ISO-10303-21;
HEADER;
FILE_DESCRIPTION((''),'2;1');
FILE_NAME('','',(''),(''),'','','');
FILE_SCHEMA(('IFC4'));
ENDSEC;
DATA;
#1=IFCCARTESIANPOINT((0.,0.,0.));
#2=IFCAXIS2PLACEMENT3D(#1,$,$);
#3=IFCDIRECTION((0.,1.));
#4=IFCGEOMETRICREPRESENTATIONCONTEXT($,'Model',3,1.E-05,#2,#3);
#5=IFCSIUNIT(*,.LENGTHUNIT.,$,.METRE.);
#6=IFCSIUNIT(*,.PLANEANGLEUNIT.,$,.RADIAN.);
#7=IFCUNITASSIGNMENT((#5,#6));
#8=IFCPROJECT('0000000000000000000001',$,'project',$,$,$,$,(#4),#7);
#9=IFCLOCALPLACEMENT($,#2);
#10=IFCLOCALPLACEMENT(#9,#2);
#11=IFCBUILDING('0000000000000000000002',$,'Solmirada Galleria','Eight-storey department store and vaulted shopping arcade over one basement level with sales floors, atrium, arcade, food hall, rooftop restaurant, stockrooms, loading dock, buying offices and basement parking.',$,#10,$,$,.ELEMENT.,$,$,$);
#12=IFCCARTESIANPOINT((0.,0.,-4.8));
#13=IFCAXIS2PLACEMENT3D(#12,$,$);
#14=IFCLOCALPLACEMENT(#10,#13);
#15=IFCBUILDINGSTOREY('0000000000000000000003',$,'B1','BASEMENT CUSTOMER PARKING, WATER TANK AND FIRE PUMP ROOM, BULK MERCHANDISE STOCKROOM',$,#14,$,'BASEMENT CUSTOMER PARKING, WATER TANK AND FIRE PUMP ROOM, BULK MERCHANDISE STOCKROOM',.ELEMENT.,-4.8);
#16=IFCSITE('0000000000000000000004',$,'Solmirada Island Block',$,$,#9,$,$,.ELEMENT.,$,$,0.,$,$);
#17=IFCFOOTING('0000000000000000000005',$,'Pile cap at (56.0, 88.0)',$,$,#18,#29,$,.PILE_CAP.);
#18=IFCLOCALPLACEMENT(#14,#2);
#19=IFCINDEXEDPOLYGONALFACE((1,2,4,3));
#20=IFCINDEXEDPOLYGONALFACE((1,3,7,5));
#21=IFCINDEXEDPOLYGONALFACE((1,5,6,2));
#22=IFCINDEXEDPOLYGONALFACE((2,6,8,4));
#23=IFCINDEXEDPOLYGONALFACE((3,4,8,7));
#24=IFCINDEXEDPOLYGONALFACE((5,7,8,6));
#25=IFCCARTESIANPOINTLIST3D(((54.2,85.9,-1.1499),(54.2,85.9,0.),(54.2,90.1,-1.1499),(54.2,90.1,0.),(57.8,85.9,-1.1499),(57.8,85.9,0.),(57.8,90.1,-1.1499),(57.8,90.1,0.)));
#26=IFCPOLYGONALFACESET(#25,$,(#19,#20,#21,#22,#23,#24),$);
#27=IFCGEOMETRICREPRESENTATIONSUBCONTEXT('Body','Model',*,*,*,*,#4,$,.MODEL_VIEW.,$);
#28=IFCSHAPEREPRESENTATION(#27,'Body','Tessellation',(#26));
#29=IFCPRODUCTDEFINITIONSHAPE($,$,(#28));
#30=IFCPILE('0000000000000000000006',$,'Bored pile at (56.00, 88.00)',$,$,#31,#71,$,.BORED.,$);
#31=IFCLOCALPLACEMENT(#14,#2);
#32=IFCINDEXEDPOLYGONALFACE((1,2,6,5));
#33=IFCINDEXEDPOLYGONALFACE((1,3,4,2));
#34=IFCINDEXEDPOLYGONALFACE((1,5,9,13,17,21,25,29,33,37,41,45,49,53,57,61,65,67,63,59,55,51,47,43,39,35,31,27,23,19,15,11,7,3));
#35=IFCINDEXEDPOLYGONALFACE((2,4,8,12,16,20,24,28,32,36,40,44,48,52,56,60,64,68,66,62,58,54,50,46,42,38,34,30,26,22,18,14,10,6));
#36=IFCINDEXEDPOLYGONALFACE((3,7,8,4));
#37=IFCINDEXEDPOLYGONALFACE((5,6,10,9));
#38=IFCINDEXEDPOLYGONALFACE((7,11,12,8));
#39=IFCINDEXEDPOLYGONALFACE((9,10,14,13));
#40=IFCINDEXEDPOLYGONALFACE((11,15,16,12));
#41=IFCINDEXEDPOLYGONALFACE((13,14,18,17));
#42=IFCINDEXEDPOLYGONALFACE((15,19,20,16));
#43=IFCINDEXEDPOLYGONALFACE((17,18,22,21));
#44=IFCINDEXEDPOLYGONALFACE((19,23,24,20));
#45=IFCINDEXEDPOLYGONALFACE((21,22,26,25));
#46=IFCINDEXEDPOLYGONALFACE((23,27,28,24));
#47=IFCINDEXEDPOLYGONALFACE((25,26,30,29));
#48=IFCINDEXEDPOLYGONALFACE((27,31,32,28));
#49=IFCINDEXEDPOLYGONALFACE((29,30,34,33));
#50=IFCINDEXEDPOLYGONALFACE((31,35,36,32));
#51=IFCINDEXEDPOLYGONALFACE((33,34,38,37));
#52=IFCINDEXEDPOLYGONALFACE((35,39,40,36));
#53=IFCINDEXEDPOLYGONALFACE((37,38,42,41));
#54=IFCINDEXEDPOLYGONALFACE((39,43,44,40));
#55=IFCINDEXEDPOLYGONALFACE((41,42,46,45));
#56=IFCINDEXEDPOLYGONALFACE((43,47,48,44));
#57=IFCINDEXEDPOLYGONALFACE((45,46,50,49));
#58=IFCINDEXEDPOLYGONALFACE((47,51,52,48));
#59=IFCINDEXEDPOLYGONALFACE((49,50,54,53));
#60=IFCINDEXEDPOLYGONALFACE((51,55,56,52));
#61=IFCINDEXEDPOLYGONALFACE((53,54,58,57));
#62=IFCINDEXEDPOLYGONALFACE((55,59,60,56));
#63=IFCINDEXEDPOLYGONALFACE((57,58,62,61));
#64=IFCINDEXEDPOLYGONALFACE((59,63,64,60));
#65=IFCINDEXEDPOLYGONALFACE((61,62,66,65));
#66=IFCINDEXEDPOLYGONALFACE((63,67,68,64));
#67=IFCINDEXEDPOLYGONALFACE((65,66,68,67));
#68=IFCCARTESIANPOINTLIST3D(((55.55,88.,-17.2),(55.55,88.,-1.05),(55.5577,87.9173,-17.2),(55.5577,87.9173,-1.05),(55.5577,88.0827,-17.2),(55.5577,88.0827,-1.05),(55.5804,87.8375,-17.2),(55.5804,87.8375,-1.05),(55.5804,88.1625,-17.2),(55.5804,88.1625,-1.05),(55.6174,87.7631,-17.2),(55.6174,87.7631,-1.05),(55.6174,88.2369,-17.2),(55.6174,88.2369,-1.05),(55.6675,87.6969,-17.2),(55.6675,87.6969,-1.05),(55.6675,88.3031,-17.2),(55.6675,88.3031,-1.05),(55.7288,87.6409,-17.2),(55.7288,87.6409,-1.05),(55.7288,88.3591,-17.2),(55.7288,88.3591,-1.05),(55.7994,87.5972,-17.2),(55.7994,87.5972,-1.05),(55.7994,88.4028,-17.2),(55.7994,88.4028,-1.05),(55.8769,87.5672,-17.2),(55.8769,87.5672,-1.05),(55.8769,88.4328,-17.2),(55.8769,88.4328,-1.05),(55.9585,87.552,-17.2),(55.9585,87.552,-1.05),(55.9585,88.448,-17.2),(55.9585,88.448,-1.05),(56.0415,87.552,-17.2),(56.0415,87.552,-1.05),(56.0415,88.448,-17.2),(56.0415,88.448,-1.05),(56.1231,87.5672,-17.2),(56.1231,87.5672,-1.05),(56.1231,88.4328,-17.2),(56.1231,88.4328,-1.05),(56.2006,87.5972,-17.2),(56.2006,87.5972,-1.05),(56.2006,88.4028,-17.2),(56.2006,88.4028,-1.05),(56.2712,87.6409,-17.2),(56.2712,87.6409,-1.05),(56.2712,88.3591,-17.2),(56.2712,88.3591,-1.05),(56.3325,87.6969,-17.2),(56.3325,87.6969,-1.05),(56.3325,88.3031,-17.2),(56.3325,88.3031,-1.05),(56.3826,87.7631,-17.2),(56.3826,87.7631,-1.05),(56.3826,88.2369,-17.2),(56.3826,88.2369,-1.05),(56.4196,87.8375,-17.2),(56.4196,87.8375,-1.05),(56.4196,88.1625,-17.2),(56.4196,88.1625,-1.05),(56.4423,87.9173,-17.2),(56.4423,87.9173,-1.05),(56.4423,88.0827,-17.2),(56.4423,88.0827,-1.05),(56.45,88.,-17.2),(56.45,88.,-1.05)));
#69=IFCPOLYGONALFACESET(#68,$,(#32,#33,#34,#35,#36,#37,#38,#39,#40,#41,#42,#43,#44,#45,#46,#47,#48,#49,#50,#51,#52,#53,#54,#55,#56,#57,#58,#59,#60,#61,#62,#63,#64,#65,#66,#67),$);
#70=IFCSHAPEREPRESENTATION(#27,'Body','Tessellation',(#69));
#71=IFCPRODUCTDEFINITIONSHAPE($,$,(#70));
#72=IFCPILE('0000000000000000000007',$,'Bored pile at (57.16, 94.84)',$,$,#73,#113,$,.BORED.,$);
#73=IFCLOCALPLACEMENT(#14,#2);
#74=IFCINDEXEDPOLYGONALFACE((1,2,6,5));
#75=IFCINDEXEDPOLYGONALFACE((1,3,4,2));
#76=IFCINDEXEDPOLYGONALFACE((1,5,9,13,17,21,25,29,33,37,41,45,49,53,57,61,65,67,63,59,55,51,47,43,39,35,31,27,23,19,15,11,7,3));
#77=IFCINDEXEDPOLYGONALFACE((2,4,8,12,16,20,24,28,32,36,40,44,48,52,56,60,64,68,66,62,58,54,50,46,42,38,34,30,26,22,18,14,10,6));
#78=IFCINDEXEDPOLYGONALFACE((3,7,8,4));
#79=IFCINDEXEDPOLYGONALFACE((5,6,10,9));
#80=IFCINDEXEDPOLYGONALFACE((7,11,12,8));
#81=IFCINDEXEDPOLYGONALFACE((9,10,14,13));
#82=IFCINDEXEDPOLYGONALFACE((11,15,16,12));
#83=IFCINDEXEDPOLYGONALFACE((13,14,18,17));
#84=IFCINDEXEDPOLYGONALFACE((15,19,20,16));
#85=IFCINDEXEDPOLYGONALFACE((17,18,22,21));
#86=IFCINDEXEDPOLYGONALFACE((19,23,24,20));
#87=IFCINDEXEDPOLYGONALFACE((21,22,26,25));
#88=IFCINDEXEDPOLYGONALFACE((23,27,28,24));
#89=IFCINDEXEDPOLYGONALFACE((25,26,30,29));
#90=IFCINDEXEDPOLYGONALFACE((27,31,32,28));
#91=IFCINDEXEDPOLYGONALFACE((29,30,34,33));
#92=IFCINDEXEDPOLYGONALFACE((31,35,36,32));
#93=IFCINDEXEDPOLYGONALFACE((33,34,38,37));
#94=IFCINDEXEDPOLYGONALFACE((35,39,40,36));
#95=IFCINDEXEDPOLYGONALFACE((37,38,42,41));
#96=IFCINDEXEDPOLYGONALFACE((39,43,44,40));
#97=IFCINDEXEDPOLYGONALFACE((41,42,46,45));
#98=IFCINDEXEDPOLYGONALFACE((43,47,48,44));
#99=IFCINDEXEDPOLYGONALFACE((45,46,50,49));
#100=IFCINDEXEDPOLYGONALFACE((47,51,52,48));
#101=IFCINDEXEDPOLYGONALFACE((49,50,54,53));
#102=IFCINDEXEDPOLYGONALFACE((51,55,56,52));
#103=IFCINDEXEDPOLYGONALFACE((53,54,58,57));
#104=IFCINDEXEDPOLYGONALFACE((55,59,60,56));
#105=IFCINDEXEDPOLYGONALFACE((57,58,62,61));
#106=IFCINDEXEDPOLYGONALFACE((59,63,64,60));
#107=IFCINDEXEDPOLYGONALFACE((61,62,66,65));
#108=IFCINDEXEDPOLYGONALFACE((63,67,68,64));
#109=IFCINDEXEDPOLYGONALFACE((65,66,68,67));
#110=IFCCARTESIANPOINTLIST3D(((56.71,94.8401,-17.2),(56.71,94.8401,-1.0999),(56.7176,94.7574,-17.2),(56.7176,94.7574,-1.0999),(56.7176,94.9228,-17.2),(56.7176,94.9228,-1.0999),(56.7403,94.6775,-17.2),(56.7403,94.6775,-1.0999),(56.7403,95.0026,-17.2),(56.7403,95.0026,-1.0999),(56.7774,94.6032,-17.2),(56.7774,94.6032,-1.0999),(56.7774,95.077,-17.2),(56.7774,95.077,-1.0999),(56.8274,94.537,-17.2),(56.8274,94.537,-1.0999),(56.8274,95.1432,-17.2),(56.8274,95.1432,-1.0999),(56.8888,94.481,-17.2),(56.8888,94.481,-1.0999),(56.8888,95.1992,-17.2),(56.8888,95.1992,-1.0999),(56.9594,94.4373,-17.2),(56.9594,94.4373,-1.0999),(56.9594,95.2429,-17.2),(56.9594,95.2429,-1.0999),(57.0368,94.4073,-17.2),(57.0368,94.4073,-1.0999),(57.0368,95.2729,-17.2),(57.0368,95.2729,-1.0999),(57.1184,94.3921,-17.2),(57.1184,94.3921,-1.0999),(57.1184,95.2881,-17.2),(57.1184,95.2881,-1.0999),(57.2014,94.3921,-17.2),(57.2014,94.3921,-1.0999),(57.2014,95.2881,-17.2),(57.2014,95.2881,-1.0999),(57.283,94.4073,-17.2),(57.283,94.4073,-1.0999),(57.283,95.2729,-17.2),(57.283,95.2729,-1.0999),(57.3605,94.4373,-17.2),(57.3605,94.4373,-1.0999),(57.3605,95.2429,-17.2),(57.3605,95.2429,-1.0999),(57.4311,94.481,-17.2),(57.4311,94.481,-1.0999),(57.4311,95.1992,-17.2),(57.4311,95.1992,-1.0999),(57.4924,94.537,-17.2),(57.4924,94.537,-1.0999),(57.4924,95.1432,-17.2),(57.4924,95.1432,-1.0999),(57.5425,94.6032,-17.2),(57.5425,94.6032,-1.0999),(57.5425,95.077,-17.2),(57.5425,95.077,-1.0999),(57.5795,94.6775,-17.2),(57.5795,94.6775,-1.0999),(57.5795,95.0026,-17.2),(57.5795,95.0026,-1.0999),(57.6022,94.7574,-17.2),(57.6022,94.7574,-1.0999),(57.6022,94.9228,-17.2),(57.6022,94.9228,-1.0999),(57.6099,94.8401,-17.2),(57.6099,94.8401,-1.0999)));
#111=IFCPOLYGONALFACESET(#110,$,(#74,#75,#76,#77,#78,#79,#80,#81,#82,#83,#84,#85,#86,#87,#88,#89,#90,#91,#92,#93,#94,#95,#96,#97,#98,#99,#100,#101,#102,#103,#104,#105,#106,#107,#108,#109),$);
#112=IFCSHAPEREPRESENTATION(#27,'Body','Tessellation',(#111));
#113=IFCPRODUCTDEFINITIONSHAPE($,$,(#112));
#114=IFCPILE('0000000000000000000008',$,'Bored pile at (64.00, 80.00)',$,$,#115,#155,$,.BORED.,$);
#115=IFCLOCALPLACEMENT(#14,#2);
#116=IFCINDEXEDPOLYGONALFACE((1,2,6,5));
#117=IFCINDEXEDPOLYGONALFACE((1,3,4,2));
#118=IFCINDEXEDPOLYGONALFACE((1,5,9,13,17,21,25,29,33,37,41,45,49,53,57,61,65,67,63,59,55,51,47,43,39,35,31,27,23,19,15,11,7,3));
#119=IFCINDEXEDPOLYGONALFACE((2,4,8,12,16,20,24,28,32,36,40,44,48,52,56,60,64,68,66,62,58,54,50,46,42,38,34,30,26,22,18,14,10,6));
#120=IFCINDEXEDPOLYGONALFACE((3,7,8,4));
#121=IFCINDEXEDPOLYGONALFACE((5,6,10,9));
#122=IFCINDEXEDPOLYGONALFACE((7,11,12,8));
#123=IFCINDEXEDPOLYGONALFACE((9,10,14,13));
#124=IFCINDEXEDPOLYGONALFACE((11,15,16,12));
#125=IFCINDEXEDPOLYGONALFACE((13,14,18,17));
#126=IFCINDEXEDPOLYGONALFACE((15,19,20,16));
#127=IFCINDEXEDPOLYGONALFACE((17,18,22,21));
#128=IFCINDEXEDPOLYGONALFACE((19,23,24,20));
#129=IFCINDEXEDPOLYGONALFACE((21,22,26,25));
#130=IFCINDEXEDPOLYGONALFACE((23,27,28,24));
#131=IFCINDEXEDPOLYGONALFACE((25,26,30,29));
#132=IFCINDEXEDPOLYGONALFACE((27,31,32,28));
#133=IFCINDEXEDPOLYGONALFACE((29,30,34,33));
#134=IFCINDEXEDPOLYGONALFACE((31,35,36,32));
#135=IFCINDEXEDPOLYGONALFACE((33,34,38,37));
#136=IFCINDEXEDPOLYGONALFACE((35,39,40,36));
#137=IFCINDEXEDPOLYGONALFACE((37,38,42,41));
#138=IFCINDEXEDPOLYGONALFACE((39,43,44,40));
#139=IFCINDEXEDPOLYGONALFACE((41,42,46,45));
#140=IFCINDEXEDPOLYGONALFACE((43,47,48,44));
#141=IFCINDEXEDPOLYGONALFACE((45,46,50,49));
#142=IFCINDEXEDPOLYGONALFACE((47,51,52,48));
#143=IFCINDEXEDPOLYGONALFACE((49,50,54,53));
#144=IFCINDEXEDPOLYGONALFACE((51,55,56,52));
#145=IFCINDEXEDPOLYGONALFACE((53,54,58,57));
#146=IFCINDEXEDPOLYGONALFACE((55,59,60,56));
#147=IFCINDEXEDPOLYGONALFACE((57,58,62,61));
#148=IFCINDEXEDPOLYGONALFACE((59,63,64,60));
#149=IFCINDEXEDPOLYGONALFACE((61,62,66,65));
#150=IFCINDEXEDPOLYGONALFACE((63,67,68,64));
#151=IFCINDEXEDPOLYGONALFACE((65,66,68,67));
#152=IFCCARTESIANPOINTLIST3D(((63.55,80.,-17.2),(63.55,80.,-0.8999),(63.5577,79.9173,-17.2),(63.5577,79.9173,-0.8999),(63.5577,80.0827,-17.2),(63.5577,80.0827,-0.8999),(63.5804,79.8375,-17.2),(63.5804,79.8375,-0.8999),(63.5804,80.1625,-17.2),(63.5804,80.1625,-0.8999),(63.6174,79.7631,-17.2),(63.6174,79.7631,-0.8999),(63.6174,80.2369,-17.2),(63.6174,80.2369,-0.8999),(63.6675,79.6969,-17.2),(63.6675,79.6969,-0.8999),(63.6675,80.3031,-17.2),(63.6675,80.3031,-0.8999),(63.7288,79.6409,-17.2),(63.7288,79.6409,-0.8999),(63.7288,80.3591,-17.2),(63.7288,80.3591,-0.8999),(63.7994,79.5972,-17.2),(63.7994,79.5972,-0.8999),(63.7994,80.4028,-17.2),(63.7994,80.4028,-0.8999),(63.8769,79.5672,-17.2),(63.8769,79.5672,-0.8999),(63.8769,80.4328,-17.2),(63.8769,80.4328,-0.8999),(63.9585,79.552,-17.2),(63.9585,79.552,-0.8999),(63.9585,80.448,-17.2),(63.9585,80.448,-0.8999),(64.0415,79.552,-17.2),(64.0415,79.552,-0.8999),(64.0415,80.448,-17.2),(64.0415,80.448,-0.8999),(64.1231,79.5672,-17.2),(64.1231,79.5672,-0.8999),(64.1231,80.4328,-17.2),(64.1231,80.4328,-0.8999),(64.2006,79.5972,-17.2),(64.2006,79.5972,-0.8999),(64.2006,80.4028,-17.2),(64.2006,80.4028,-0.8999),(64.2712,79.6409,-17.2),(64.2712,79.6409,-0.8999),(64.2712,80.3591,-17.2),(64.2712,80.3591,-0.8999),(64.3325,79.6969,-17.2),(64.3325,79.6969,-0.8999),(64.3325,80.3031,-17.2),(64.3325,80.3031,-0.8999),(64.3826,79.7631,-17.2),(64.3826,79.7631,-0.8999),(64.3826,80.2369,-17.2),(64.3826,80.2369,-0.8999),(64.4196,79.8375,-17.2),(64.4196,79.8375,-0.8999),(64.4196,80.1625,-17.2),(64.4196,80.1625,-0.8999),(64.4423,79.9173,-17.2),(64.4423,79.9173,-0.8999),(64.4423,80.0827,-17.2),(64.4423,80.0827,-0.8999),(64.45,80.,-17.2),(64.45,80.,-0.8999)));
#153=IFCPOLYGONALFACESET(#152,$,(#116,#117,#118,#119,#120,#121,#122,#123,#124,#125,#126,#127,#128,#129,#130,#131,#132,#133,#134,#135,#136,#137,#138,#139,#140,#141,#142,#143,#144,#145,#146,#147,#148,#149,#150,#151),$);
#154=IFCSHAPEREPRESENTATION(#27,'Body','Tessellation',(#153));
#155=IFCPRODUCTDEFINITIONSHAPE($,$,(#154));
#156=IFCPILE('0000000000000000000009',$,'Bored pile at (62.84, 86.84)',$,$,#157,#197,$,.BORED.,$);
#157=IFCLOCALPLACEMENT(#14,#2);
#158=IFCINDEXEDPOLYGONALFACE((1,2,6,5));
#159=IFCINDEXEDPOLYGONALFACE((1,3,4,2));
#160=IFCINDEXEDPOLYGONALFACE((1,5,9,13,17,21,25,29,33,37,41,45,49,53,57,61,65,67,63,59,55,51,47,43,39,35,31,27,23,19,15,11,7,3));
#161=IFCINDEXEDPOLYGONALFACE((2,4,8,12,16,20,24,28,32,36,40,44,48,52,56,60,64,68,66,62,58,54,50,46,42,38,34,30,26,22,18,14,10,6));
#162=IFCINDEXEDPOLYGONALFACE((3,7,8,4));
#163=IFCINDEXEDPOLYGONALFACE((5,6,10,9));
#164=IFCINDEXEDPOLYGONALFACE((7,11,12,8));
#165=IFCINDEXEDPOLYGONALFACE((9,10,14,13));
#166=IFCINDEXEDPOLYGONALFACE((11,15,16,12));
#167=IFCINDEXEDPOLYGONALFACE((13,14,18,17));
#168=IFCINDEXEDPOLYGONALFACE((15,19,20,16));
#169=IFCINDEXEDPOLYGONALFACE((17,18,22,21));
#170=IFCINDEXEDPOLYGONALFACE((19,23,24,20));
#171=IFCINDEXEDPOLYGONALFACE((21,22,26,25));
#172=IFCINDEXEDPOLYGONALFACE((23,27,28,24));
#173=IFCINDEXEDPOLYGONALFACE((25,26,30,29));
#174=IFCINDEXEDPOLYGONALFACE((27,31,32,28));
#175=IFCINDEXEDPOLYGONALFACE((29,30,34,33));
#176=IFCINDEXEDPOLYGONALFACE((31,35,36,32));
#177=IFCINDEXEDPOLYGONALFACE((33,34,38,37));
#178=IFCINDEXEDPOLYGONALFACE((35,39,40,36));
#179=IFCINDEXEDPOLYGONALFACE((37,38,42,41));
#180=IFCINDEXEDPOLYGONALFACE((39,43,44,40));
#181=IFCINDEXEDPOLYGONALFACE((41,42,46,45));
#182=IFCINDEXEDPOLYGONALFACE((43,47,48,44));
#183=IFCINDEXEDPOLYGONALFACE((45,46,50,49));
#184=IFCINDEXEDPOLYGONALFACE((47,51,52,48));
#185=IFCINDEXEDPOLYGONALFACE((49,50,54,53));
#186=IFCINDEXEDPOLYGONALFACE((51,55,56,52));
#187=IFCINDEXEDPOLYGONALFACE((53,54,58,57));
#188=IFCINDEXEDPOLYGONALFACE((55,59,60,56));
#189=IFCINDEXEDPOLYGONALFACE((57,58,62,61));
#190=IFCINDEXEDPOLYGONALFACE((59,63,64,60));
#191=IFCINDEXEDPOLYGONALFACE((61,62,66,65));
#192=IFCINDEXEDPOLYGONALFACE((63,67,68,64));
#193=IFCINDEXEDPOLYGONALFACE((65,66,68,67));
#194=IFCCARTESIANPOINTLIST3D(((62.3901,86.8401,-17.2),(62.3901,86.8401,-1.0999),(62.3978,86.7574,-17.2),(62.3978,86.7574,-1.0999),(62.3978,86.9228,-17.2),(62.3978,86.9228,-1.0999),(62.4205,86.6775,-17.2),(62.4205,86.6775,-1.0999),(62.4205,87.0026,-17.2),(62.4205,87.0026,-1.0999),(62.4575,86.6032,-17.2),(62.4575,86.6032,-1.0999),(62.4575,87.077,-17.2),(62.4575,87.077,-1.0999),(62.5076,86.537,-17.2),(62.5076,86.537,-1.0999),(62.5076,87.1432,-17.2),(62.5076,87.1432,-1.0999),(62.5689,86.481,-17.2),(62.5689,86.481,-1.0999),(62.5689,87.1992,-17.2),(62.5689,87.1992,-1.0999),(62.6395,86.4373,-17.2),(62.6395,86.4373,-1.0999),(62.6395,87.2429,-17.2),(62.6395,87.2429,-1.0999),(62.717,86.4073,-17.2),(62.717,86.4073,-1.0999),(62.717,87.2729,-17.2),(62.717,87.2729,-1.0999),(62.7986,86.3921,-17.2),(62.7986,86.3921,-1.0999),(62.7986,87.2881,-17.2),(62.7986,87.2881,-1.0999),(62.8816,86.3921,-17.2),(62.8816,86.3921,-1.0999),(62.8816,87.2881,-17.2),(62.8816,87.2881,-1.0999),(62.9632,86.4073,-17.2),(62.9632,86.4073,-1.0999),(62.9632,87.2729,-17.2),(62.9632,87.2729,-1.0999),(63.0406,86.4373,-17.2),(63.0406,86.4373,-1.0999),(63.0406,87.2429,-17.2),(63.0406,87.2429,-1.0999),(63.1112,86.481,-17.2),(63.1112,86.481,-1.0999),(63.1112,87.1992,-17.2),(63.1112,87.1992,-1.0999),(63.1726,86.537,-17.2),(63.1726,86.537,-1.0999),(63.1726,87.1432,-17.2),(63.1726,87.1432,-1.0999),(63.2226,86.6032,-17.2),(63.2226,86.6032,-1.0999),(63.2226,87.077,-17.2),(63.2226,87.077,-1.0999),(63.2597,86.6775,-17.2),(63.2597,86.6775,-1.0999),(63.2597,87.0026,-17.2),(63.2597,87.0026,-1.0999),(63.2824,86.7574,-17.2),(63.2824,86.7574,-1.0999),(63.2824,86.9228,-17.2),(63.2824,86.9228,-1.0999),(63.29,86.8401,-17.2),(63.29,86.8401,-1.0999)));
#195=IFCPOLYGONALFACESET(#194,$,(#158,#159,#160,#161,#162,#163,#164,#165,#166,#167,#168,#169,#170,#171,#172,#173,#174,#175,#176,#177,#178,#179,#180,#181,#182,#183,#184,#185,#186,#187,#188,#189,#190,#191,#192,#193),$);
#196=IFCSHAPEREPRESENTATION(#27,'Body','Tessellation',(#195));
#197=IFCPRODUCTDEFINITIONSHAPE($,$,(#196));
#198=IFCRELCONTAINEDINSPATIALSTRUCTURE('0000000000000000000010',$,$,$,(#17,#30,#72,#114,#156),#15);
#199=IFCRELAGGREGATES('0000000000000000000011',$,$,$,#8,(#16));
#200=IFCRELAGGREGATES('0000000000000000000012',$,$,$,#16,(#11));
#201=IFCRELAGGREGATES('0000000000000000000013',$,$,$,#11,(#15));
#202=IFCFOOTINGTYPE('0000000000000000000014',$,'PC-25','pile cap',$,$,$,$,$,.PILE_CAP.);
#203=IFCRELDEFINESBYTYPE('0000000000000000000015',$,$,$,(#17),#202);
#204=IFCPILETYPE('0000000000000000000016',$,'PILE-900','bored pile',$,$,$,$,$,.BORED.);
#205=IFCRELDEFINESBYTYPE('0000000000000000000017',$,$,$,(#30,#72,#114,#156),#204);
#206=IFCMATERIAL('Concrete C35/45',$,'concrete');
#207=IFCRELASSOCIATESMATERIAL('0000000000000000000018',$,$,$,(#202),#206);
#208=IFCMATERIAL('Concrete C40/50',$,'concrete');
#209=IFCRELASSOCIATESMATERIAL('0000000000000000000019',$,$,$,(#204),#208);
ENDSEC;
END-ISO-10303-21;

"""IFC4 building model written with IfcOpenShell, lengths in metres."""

from ifc_helpers import new_model, si_unit, direction, frame, origin, origin_2d, place, context, subcontext, project, spatial, rectangle, circle, extrude, material, material_profile, profile_set, type_object, element, save


model = new_model("IFC4")

# Units and contexts
model_context = context("Model", 3, precision=1e-05, world=origin(), true_north=direction((0.0, 1.0)))
body_context = subcontext(model_context, "Body", "Model", "MODEL_VIEW")
ifc_project = project(units=[si_unit("LENGTHUNIT", "METRE"), si_unit("PLANEANGLEUNIT", "RADIAN")], contexts=[model_context])

# Site, building, storey
site_placement = place(None, origin())
site = spatial("IfcSite", under=ifc_project, at=site_placement, Name="Solmirada Island Block", CompositionType="ELEMENT", RefElevation=0.0)
building_placement = place(site_placement, origin())
building = spatial("IfcBuilding", under=site, at=building_placement, Name="Solmirada Galleria", Description="Eight-storey department store and vaulted shopping arcade over one basement level with sales floors, atrium, arcade, food hall, rooftop restaurant, stockrooms, loading dock, buying offices and basement parking.", CompositionType="ELEMENT")
storey_placement = place(building_placement, frame((0.0, 0.0, -4.8)))
storey = spatial("IfcBuildingStorey", under=building, at=storey_placement, Name="B1", Description="BASEMENT CUSTOMER PARKING, WATER TANK AND FIRE PUMP ROOM, BULK MERCHANDISE STOCKROOM", LongName="BASEMENT CUSTOMER PARKING, WATER TANK AND FIRE PUMP ROOM, BULK MERCHANDISE STOCKROOM", CompositionType="ELEMENT", Elevation=-4.8)

# Footing
ifc_material_1 = material(Name="Concrete C35/45", Category="concrete")
footing_type_1 = type_object("IfcFootingType", Name="PC-25", Description="pile cap", PredefinedType="PILE_CAP", material=ifc_material_1)
footing_1_placement = place(storey_placement, frame((56.0, 88.0, -1.1499), z_axis=(0.0, 0.0, 1.0), x_axis=(1.0, 0.0, 0.0)))
element("IfcFooting", 1, at=footing_1_placement, inside=storey, type_object=footing_type_1, Name="Pile cap at (56.0, 88.0)", PredefinedType="PILE_CAP", context=body_context, shape_type="SweptSolid", body=[
    extrude(rectangle(XDim=3.6001, YDim=4.2, at=origin_2d()), origin(), (0.0, 0.0, 1.0), 1.1499),
])

# Piles
ifc_material_2 = material(Name="Concrete C40/50", Category="concrete")
ifc_material_profile_1 = material_profile(ifc_material_2, circle(Radius=0.45, at=origin_2d()), Name="PILE900")
ifc_profile_set_1 = profile_set([ifc_material_profile_1], Name="Concrete C40/50")
pile_type = type_object("IfcPileType", Name="PILE-900", Description="bored pile", PredefinedType="BORED", material=ifc_profile_set_1)
pile_1_placement = place(storey_placement, frame((56.0, 88.0, -1.05), z_axis=(0.0, 0.0, -1.0), x_axis=(1.0, 0.0, 0.0)))
element("IfcPile", 2, at=pile_1_placement, inside=storey, type_object=pile_type, Name="Bored pile at (56.00, 88.00)", PredefinedType="BORED", context=body_context, shape_type="SweptSolid", body=[
    extrude(circle(Radius=0.45, at=origin_2d()), origin(), (0.0, 0.0, 1.0), 16.1499),
])
pile_2_placement = place(storey_placement, frame((57.1599, 94.8401, -1.0999), z_axis=(0.0, 0.0, -1.0), x_axis=(1.0, 0.0, 0.0)))
element("IfcPile", 3, at=pile_2_placement, inside=storey, type_object=pile_type, Name="Bored pile at (57.16, 94.84)", PredefinedType="BORED", context=body_context, shape_type="SweptSolid", body=[
    extrude(circle(Radius=0.45, at=origin_2d()), origin(), (0.0, 0.0, 1.0), 16.1001),
])
pile_3_placement = place(storey_placement, frame((64.0, 80.0, -0.8999), z_axis=(0.0, 0.0, -1.0), x_axis=(1.0, 0.0, 0.0)))
element("IfcPile", 4, at=pile_3_placement, inside=storey, type_object=pile_type, Name="Bored pile at (64.00, 80.00)", PredefinedType="BORED", context=body_context, shape_type="SweptSolid", body=[
    extrude(circle(Radius=0.45, at=origin_2d()), origin(), (0.0, 0.0, 1.0), 16.3),
])
for number, where, z_axis, x_axis, name in (
    (5, (62.8401, 86.8401, -1.0999), (0.0, 0.0, -1.0), (1.0, 0.0, 0.0), "Bored pile at (62.84, 86.84)"),
):
    element("IfcPile", number, at=place(storey_placement, frame(where, z_axis=z_axis, x_axis=x_axis)), inside=storey, type_object=pile_type, Name=name, PredefinedType="BORED", context=body_context, shape_type="SweptSolid", body=[
        extrude(circle(Radius=0.45, at=origin_2d()), origin(), (0.0, 0.0, 1.0), 16.1001),
    ])

save(model, "model.ifc")
